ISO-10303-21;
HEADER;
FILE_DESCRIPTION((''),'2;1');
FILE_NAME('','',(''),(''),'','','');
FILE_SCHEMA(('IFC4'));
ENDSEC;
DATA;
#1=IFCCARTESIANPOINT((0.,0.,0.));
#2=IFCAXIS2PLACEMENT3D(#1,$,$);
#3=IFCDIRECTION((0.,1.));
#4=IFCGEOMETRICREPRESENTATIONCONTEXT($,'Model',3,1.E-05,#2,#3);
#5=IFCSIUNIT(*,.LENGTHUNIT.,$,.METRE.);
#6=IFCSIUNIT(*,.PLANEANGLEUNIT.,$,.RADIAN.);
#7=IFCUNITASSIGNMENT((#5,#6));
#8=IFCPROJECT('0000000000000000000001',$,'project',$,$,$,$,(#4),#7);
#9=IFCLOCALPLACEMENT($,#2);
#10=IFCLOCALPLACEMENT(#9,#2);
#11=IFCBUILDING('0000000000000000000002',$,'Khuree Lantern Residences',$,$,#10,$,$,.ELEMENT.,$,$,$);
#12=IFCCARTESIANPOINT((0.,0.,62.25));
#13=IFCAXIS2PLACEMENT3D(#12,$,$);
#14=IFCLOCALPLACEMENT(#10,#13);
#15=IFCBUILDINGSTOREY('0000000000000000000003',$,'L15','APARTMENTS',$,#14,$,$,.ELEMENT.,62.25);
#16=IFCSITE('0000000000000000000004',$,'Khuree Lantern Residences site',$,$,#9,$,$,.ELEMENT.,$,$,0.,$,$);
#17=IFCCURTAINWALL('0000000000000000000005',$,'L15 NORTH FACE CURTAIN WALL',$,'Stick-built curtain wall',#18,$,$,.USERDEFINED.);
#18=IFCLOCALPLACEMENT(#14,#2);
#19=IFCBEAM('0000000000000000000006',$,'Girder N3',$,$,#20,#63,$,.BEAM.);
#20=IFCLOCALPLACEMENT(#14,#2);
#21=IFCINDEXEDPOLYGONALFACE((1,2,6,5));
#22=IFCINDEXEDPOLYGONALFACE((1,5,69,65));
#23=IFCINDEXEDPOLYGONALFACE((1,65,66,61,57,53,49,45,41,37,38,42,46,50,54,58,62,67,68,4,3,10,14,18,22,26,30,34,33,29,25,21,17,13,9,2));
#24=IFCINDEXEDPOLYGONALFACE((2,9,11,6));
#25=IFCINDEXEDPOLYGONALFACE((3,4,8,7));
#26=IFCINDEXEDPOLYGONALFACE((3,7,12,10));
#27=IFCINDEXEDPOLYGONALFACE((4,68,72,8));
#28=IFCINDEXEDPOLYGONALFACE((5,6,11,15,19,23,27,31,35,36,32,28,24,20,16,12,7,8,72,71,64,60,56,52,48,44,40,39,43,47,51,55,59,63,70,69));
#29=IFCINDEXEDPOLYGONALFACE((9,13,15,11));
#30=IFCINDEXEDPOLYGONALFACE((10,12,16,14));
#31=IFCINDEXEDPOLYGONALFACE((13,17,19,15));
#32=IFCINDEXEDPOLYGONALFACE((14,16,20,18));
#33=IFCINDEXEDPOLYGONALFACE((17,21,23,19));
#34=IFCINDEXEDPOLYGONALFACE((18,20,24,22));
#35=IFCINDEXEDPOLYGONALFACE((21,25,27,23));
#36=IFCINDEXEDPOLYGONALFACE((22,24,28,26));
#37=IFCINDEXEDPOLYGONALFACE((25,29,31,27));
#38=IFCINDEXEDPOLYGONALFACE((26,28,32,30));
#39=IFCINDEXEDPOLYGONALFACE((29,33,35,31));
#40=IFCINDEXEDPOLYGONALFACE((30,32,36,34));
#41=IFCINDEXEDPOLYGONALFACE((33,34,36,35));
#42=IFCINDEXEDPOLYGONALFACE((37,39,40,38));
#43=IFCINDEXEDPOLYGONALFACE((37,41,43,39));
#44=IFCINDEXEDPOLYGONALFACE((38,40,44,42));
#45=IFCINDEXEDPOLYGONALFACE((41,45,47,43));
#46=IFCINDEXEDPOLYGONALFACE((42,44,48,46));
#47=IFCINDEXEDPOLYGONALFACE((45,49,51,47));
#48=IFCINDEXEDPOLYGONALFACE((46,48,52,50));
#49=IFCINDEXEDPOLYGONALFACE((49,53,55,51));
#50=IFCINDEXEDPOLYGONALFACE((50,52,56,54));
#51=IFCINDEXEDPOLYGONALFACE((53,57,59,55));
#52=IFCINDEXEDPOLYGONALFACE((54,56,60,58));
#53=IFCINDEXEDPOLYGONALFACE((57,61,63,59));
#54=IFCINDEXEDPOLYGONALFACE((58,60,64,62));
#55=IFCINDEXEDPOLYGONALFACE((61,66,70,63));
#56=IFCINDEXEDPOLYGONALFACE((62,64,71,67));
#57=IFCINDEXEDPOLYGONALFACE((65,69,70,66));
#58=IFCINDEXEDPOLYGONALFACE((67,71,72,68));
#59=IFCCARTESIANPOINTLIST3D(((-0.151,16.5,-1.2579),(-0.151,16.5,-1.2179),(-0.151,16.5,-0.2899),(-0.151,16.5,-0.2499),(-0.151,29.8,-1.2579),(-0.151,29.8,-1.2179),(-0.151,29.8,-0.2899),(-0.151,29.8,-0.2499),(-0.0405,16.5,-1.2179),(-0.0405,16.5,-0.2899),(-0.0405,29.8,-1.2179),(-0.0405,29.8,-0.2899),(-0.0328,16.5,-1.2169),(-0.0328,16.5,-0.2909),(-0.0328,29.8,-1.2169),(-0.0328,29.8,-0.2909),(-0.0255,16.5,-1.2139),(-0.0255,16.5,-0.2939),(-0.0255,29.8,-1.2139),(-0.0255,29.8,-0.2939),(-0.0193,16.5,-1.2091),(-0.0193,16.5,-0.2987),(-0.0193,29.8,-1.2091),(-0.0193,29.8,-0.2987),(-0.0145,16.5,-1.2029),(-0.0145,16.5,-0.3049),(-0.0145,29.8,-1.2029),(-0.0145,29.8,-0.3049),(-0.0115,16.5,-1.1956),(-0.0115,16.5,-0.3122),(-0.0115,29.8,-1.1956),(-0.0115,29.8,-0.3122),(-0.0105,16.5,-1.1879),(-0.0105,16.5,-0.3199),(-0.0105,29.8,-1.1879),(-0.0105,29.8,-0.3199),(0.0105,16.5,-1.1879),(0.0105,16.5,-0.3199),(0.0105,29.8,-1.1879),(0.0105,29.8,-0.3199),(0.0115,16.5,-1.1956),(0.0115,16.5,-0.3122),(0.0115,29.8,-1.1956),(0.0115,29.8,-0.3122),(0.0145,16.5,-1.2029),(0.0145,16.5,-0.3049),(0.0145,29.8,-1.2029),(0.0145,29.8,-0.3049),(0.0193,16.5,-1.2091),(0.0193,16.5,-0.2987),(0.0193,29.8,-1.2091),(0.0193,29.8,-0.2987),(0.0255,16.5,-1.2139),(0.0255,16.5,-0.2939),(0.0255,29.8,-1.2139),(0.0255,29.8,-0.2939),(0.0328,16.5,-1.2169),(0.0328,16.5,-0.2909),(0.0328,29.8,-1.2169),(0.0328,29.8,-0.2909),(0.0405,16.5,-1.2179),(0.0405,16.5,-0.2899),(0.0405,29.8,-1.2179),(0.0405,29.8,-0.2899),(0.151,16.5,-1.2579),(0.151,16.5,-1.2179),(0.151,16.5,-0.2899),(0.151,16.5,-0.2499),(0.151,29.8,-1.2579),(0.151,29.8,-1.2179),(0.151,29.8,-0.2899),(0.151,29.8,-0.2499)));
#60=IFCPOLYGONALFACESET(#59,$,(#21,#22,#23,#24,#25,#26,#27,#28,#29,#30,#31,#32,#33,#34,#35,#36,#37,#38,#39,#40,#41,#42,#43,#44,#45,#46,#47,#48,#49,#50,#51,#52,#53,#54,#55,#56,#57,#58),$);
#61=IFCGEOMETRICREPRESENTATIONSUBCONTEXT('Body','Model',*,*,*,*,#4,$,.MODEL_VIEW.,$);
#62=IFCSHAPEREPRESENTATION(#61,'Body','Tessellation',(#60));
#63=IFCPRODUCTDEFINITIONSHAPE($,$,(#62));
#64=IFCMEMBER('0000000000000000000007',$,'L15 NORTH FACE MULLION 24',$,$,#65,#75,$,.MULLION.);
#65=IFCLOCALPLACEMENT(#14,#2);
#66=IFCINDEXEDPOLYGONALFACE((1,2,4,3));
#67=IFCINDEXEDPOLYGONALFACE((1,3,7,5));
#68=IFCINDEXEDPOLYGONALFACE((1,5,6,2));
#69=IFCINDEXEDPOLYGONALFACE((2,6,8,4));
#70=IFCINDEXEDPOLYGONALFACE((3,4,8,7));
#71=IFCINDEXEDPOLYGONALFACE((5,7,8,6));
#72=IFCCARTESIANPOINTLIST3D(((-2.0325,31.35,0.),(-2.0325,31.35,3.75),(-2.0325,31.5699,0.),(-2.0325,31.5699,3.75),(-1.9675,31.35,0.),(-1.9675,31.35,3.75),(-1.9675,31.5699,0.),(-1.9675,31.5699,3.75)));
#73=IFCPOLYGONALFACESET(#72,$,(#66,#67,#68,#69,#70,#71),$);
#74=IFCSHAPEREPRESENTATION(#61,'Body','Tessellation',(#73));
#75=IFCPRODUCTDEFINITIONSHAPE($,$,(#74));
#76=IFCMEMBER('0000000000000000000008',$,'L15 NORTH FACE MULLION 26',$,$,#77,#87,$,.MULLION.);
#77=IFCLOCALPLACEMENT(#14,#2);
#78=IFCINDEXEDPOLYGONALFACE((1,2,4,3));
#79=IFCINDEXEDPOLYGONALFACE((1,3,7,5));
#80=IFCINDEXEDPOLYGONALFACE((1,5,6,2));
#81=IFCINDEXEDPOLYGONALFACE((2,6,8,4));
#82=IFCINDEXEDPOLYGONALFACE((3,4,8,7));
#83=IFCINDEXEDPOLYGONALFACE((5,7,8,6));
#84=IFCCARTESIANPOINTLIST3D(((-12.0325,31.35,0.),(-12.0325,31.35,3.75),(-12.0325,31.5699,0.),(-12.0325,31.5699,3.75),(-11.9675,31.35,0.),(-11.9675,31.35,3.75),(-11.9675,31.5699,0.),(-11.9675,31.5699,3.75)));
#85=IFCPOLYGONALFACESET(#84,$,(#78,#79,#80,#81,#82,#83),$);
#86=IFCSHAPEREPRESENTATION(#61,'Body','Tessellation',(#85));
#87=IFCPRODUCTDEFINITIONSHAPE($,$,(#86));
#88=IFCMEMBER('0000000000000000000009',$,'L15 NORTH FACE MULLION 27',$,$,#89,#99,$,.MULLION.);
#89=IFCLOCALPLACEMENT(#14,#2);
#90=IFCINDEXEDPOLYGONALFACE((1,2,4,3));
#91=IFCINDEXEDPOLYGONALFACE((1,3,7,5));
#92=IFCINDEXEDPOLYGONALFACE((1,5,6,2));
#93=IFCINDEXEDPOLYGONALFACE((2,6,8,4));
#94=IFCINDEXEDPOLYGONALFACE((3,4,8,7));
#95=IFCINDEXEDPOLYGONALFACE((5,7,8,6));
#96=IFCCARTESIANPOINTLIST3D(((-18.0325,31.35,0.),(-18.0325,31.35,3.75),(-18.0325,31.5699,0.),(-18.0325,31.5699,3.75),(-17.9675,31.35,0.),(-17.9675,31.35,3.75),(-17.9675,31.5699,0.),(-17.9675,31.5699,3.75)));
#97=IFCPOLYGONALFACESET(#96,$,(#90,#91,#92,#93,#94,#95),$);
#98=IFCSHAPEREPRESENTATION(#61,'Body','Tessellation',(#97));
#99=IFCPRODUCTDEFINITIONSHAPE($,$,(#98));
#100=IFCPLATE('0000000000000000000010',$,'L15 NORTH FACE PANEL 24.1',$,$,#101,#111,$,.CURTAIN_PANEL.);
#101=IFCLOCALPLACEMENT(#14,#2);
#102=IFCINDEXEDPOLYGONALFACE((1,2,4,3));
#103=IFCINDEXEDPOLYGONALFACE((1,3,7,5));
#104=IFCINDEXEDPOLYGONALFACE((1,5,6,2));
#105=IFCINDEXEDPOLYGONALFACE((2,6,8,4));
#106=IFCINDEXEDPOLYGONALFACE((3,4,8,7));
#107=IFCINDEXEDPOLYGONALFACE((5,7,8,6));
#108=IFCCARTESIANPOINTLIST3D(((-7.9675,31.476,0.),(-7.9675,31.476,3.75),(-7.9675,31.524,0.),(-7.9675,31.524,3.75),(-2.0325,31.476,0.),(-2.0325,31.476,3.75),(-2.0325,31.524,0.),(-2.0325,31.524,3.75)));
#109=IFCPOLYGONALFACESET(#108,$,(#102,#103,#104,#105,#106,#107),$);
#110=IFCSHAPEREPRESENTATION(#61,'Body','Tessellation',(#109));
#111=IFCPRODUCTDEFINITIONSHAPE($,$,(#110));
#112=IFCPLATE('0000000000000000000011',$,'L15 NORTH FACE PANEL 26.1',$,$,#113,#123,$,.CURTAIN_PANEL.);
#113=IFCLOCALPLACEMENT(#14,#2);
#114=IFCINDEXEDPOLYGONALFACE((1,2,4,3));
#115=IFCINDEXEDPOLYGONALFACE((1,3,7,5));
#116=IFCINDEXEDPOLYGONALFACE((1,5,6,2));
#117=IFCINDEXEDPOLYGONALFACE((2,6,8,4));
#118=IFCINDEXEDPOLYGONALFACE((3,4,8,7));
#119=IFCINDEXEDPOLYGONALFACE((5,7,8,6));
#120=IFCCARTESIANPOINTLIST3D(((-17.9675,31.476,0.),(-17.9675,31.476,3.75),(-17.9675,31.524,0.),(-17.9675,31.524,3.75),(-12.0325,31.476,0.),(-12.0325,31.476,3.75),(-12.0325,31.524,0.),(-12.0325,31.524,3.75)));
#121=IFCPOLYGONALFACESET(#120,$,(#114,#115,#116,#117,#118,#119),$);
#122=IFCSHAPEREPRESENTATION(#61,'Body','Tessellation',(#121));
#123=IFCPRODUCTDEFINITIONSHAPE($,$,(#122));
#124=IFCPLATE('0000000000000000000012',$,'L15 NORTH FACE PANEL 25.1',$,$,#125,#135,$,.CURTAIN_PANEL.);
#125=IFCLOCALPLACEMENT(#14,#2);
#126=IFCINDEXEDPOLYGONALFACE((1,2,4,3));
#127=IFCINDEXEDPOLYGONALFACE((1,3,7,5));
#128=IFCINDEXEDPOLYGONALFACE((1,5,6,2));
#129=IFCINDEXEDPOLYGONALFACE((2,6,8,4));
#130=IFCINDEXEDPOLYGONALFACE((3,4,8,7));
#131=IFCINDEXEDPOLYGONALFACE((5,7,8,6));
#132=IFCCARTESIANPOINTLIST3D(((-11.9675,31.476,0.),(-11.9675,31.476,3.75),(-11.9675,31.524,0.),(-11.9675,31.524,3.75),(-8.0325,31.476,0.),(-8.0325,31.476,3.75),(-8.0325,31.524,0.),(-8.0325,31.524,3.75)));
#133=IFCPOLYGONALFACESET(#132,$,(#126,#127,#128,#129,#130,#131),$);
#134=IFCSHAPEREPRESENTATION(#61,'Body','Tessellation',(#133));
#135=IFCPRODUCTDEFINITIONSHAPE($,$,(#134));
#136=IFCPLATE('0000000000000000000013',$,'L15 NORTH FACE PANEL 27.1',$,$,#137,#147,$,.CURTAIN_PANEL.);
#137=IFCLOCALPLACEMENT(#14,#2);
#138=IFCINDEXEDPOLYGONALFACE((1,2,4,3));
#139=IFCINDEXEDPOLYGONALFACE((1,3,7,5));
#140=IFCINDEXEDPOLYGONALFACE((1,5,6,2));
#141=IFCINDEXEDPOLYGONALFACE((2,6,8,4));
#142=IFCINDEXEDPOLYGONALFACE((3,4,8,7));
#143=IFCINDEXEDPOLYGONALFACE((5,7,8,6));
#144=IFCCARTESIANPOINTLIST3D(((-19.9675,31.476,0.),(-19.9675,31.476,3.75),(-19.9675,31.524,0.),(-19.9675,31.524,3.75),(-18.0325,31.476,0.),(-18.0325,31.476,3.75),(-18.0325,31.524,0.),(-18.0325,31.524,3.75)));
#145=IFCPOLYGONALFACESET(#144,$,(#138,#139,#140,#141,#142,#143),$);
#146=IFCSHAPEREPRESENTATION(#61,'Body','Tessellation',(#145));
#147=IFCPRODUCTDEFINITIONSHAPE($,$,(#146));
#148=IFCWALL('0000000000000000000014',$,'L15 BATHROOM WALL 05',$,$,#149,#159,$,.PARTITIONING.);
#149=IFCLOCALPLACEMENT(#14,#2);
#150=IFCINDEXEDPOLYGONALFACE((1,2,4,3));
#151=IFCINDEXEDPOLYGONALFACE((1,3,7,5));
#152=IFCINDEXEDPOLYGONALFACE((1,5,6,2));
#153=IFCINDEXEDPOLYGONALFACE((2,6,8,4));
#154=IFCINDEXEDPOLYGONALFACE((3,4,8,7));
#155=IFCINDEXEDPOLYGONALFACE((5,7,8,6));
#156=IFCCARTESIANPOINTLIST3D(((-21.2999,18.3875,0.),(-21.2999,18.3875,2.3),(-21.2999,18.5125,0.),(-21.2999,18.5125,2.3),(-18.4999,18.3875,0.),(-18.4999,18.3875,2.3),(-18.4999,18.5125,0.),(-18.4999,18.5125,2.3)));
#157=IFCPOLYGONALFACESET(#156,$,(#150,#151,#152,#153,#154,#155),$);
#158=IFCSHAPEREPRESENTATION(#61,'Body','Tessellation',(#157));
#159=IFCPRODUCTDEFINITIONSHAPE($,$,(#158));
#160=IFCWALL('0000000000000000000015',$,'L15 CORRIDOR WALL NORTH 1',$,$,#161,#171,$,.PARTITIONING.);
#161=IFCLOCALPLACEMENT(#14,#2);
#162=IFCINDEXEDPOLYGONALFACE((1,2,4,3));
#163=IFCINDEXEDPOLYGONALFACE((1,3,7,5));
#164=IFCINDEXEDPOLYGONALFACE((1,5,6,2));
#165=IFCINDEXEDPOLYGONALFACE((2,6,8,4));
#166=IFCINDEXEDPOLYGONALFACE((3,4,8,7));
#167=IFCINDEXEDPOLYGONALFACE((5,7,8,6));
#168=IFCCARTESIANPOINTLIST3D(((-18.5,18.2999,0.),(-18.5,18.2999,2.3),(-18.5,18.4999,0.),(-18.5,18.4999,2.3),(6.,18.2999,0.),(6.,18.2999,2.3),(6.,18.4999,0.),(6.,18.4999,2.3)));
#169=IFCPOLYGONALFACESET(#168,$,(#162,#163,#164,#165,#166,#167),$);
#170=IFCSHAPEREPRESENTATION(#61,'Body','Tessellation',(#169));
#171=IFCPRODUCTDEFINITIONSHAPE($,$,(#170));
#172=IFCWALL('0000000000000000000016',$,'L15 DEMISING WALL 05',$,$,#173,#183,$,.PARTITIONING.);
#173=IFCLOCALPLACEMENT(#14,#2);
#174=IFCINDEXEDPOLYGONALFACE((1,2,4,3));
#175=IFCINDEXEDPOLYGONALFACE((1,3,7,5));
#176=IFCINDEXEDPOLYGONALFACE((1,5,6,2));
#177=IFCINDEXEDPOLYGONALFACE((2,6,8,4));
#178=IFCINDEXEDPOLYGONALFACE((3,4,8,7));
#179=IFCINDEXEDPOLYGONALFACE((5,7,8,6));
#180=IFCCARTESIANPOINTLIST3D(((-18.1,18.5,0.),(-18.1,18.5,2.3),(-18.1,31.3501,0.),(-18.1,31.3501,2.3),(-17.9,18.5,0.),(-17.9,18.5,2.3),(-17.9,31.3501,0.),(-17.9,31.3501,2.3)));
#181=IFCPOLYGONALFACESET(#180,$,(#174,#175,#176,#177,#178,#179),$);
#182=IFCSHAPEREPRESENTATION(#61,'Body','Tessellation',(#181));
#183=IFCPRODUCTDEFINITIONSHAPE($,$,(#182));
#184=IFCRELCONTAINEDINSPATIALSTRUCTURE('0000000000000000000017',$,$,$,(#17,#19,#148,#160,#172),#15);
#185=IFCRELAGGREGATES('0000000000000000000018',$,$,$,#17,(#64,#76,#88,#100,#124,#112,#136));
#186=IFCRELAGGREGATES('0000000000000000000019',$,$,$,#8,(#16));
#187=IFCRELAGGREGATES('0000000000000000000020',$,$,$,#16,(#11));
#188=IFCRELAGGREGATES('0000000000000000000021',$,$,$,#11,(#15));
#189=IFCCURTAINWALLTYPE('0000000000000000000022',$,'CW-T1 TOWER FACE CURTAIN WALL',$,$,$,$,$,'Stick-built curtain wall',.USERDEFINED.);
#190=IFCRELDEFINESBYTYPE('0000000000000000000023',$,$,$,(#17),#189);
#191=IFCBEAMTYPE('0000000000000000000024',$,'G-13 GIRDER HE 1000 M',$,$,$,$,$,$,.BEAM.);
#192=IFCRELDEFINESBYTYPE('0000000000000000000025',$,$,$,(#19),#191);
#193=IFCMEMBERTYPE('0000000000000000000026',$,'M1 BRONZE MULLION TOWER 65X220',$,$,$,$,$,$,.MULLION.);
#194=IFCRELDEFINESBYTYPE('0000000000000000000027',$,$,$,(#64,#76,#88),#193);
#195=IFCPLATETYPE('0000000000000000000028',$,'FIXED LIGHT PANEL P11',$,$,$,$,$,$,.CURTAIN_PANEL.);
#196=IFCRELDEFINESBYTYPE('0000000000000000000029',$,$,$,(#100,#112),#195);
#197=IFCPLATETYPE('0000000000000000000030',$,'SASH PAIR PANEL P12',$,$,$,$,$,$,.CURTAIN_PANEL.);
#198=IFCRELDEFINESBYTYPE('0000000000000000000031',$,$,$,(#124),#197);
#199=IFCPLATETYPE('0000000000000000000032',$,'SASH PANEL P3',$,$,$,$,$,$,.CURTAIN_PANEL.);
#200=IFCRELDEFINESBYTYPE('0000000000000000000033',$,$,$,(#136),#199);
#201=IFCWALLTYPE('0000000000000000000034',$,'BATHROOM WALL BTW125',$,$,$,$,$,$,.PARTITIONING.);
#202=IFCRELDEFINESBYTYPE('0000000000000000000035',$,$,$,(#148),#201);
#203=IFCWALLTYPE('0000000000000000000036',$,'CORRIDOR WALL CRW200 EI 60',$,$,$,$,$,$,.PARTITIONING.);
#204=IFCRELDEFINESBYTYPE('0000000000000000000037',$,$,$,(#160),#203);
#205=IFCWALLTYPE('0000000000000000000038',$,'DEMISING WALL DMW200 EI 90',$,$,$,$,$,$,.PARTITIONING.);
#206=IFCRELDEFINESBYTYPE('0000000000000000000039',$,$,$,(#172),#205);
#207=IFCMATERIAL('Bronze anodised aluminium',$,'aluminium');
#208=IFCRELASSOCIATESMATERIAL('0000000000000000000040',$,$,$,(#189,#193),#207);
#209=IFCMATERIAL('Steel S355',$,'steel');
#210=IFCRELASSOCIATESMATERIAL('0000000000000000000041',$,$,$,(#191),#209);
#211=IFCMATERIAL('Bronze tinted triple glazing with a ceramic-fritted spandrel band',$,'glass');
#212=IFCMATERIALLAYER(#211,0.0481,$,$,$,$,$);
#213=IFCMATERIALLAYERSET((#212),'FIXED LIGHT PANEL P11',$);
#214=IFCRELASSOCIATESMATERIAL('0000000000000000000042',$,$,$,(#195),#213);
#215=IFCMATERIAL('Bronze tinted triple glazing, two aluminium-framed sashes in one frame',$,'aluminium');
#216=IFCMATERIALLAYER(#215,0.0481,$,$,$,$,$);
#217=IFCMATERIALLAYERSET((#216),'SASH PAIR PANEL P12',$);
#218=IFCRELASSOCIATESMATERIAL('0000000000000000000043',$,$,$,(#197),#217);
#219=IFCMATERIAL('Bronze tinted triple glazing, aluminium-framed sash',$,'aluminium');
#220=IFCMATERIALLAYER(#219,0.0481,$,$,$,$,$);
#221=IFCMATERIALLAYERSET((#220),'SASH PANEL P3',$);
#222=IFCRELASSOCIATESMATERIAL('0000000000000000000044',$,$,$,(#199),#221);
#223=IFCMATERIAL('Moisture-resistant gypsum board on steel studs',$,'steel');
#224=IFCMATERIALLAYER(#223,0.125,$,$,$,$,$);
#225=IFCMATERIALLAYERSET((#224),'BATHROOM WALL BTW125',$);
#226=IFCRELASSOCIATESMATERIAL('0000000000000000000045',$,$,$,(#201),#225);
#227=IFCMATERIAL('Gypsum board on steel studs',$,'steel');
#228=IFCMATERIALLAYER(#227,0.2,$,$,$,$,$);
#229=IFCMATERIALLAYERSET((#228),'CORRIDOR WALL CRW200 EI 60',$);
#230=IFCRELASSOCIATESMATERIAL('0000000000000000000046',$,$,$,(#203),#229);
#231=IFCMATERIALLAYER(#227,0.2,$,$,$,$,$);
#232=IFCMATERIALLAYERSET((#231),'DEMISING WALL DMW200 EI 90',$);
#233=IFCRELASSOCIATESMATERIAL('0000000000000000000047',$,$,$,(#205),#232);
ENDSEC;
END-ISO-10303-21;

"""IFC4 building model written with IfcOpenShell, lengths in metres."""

from ifc_helpers import new_model, si_unit, direction, frame, frame_2d, origin, origin_2d, place, context, subcontext, project, spatial, rectangle, i_section, extrude, material, layer, layer_set, material_profile, profile_set, type_object, element, aggregate, save


model = new_model("IFC4")

# Units and contexts
model_context = context("Model", 3, precision=1e-05, world=origin(), true_north=direction((0.0, 1.0)))
body_context = subcontext(model_context, "Body", "Model", "MODEL_VIEW")
ifc_project = project(units=[si_unit("LENGTHUNIT", "METRE"), si_unit("PLANEANGLEUNIT", "RADIAN")], contexts=[model_context])

# Site, building, storey
site_placement = place(None, origin())
site = spatial("IfcSite", under=ifc_project, at=site_placement, Name="Khuree Lantern Residences site", CompositionType="ELEMENT", RefElevation=0.0)
building_placement = place(site_placement, origin())
building = spatial("IfcBuilding", under=site, at=building_placement, Name="Khuree Lantern Residences", CompositionType="ELEMENT")
storey_placement = place(building_placement, frame((0.0, 0.0, 62.25)))
storey = spatial("IfcBuildingStorey", under=building, at=storey_placement, Name="L15", Description="APARTMENTS", CompositionType="ELEMENT", Elevation=62.25)

# Shared definitions
ifc_material_1 = material(Name="Steel S355", Category="steel")

# Curtain wall
ifc_material_2 = material(Name="Bronze anodised aluminium", Category="aluminium")
curtain_wall_type = type_object("IfcCurtainWallType", Name="CW-T1 TOWER FACE CURTAIN WALL", ElementType="Stick-built curtain wall", PredefinedType="USERDEFINED", material=ifc_material_2)
curtain_wall_placement = place(storey_placement, origin())
curtain_wall = element("IfcCurtainWall", 1, at=curtain_wall_placement, inside=storey, type_object=curtain_wall_type, Name="L15 NORTH FACE CURTAIN WALL", ObjectType="Stick-built curtain wall", PredefinedType="USERDEFINED")

# Beam
ifc_material_profile_1 = material_profile(ifc_material_1, i_section(OverallWidth=0.302, OverallDepth=1.0081, WebThickness=0.021, FlangeThickness=0.04, FilletRadius=0.03, at=origin_2d()), Name="HE 1000 M")
ifc_profile_set_1 = profile_set([ifc_material_profile_1], Name="Steel S355")
beam_type_1 = type_object("IfcBeamType", Name="G-13 GIRDER HE 1000 M", PredefinedType="BEAM", material=ifc_profile_set_1)
for number, where, z_axis, x_axis, name in (
    (2, (0.0, 29.8, -0.7539), (0.0, -1.0, 0.0), (1.0, 0.0, 0.0), "Girder N3"),
):
    element("IfcBeam", number, at=place(storey_placement, frame(where, z_axis=z_axis, x_axis=x_axis)), inside=storey, type_object=beam_type_1, Name=name, PredefinedType="BEAM", context=body_context, shape_type="SweptSolid", body=[
        extrude(i_section(OverallWidth=0.302, OverallDepth=1.0081, WebThickness=0.021, FlangeThickness=0.04, FilletRadius=0.03, at=origin_2d()), origin(), (0.0, 0.0, 1.0), 13.3),
    ])

# Members
ifc_material_profile_2 = material_profile(ifc_material_2, rectangle(XDim=0.0649, YDim=0.22, at=origin_2d()), Name="M1 65X220")
ifc_profile_set_2 = profile_set([ifc_material_profile_2], Name="Bronze anodised aluminium")
member_type_1 = type_object("IfcMemberType", Name="M1 BRONZE MULLION TOWER 65X220", PredefinedType="MULLION", material=ifc_profile_set_2)
member_1_placement = place(storey_placement, frame((-2.0, 31.46, 0.0), z_axis=(0.0, 0.0, 1.0), x_axis=(-1.0, 0.0, 0.0)))
member_1 = element("IfcMember", 3, at=member_1_placement, type_object=member_type_1, Name="L15 NORTH FACE MULLION 24", PredefinedType="MULLION", context=body_context, shape_type="SweptSolid", body=[
    extrude(rectangle(XDim=0.0649, YDim=0.22, at=origin_2d()), origin(), (0.0, 0.0, 1.0), 3.75),
])
member_2_placement = place(storey_placement, frame((-12.0, 31.46, 0.0), z_axis=(0.0, 0.0, 1.0), x_axis=(-1.0, 0.0, 0.0)))
member_2 = element("IfcMember", 4, at=member_2_placement, type_object=member_type_1, Name="L15 NORTH FACE MULLION 26", PredefinedType="MULLION", context=body_context, shape_type="SweptSolid", body=[
    extrude(rectangle(XDim=0.0649, YDim=0.22, at=origin_2d()), origin(), (0.0, 0.0, 1.0), 3.75),
])
member_3_placement = place(storey_placement, frame((-18.0, 31.46, 0.0), z_axis=(0.0, 0.0, 1.0), x_axis=(-1.0, 0.0, 0.0)))
member_3 = element("IfcMember", 5, at=member_3_placement, type_object=member_type_1, Name="L15 NORTH FACE MULLION 27", PredefinedType="MULLION", context=body_context, shape_type="SweptSolid", body=[
    extrude(rectangle(XDim=0.0649, YDim=0.22, at=origin_2d()), origin(), (0.0, 0.0, 1.0), 3.75),
])

# Plates
ifc_material_3 = material(Name="Bronze tinted triple glazing with a ceramic-fritted spandrel band", Category="glass")
ifc_layer_1 = layer(ifc_material_3, 0.0481)
ifc_layer_set_1 = layer_set([ifc_layer_1], Name="FIXED LIGHT PANEL P11")
plate_type_1 = type_object("IfcPlateType", Name="FIXED LIGHT PANEL P11", PredefinedType="CURTAIN_PANEL", material=ifc_layer_set_1)
plate_1_placement = place(storey_placement, frame((-5.0, 31.5, 0.0), z_axis=(0.0, 0.0, 1.0), x_axis=(-1.0, 0.0, 0.0)))
plate_1 = element("IfcPlate", 6, at=plate_1_placement, type_object=plate_type_1, Name="L15 NORTH FACE PANEL 24.1", PredefinedType="CURTAIN_PANEL", context=body_context, shape_type="SweptSolid", body=[
    extrude(rectangle(XDim=5.9351, YDim=0.0481, at=origin_2d()), origin(), (0.0, 0.0, 1.0), 3.75),
])
plate_2_placement = place(storey_placement, frame((-15.0, 31.5, 0.0), z_axis=(0.0, 0.0, 1.0), x_axis=(-1.0, 0.0, 0.0)))
plate_2 = element("IfcPlate", 7, at=plate_2_placement, type_object=plate_type_1, Name="L15 NORTH FACE PANEL 26.1", PredefinedType="CURTAIN_PANEL", context=body_context, shape_type="SweptSolid", body=[
    extrude(rectangle(XDim=5.9351, YDim=0.0481, at=origin_2d()), origin(), (0.0, 0.0, 1.0), 3.75),
])
ifc_material_4 = material(Name="Bronze tinted triple glazing, two aluminium-framed sashes in one frame", Category="aluminium")
ifc_layer_2 = layer(ifc_material_4, 0.0481)
ifc_layer_set_2 = layer_set([ifc_layer_2], Name="SASH PAIR PANEL P12")
plate_type_2 = type_object("IfcPlateType", Name="SASH PAIR PANEL P12", PredefinedType="CURTAIN_PANEL", material=ifc_layer_set_2)
plate_3_placement = place(storey_placement, frame((-10.0, 31.5, 0.0), z_axis=(0.0, 0.0, 1.0), x_axis=(-1.0, 0.0, 0.0)))
plate_3 = element("IfcPlate", 8, at=plate_3_placement, type_object=plate_type_2, Name="L15 NORTH FACE PANEL 25.1", PredefinedType="CURTAIN_PANEL", context=body_context, shape_type="SweptSolid", body=[
    extrude(rectangle(XDim=3.9351, YDim=0.0481, at=origin_2d()), origin(), (0.0, 0.0, 1.0), 3.75),
])
ifc_material_5 = material(Name="Bronze tinted triple glazing, aluminium-framed sash", Category="aluminium")
ifc_layer_3 = layer(ifc_material_5, 0.0481)
ifc_layer_set_3 = layer_set([ifc_layer_3], Name="SASH PANEL P3")
plate_type_3 = type_object("IfcPlateType", Name="SASH PANEL P3", PredefinedType="CURTAIN_PANEL", material=ifc_layer_set_3)
plate_4_placement = place(storey_placement, frame((-19.0, 31.5, 0.0), z_axis=(0.0, 0.0, 1.0), x_axis=(-1.0, 0.0, 0.0)))
plate_4 = element("IfcPlate", 9, at=plate_4_placement, type_object=plate_type_3, Name="L15 NORTH FACE PANEL 27.1", PredefinedType="CURTAIN_PANEL", context=body_context, shape_type="SweptSolid", body=[
    extrude(rectangle(XDim=1.9351, YDim=0.0481, at=origin_2d()), origin(), (0.0, 0.0, 1.0), 3.75),
])
aggregate(curtain_wall, [member_1, member_2, member_3, plate_1, plate_3, plate_2, plate_4])

# Walls
ifc_material_6 = material(Name="Moisture-resistant gypsum board on steel studs", Category="steel")
ifc_layer_4 = layer(ifc_material_6, 0.125)
ifc_layer_set_4 = layer_set([ifc_layer_4], Name="BATHROOM WALL BTW125")
wall_type_1 = type_object("IfcWallType", Name="BATHROOM WALL BTW125", PredefinedType="PARTITIONING", material=ifc_layer_set_4)
wall_1_placement = place(storey_placement, frame((-18.5, 18.45, 0.0), z_axis=(0.0, 0.0, 1.0), x_axis=(-1.0, 0.0, 0.0)))
element("IfcWall", 10, at=wall_1_placement, inside=storey, type_object=wall_type_1, Name="L15 BATHROOM WALL 05", PredefinedType="PARTITIONING", context=body_context, shape_type="SweptSolid", body=[
    extrude(rectangle(XDim=2.8, YDim=0.125, at=frame_2d((1.3999, 0.0))), origin(), (0.0, 0.0, 1.0), 2.3),
])
ifc_material_7 = material(Name="Gypsum board on steel studs", Category="steel")
ifc_layer_5 = layer(ifc_material_7, 0.2)
ifc_layer_set_5 = layer_set([ifc_layer_5], Name="CORRIDOR WALL CRW200 EI 60")
wall_type_2 = type_object("IfcWallType", Name="CORRIDOR WALL CRW200 EI 60", PredefinedType="PARTITIONING", material=ifc_layer_set_5)
wall_2_placement = place(storey_placement, frame((-18.5, 18.3999, 0.0), z_axis=(0.0, 0.0, 1.0), x_axis=(1.0, 0.0, 0.0)))
element("IfcWall", 11, at=wall_2_placement, inside=storey, type_object=wall_type_2, Name="L15 CORRIDOR WALL NORTH 1", PredefinedType="PARTITIONING", context=body_context, shape_type="SweptSolid", body=[
    extrude(rectangle(XDim=24.5, YDim=0.2, at=frame_2d((12.25, 0.0))), origin(), (0.0, 0.0, 1.0), 2.3),
])
ifc_layer_6 = layer(ifc_material_7, 0.2)
ifc_layer_set_6 = layer_set([ifc_layer_6], Name="DEMISING WALL DMW200 EI 90")
wall_type_3 = type_object("IfcWallType", Name="DEMISING WALL DMW200 EI 90", PredefinedType="PARTITIONING", material=ifc_layer_set_6)
wall_3_placement = place(storey_placement, frame((-18.0, 18.5, 0.0), z_axis=(0.0, 0.0, 1.0), x_axis=(0.0, 1.0, 0.0)))
element("IfcWall", 12, at=wall_3_placement, inside=storey, type_object=wall_type_3, Name="L15 DEMISING WALL 05", PredefinedType="PARTITIONING", context=body_context, shape_type="SweptSolid", body=[
    extrude(rectangle(XDim=12.8501, YDim=0.2, at=frame_2d((6.425, 0.0))), origin(), (0.0, 0.0, 1.0), 2.3),
])

save(model, "model.ifc")
